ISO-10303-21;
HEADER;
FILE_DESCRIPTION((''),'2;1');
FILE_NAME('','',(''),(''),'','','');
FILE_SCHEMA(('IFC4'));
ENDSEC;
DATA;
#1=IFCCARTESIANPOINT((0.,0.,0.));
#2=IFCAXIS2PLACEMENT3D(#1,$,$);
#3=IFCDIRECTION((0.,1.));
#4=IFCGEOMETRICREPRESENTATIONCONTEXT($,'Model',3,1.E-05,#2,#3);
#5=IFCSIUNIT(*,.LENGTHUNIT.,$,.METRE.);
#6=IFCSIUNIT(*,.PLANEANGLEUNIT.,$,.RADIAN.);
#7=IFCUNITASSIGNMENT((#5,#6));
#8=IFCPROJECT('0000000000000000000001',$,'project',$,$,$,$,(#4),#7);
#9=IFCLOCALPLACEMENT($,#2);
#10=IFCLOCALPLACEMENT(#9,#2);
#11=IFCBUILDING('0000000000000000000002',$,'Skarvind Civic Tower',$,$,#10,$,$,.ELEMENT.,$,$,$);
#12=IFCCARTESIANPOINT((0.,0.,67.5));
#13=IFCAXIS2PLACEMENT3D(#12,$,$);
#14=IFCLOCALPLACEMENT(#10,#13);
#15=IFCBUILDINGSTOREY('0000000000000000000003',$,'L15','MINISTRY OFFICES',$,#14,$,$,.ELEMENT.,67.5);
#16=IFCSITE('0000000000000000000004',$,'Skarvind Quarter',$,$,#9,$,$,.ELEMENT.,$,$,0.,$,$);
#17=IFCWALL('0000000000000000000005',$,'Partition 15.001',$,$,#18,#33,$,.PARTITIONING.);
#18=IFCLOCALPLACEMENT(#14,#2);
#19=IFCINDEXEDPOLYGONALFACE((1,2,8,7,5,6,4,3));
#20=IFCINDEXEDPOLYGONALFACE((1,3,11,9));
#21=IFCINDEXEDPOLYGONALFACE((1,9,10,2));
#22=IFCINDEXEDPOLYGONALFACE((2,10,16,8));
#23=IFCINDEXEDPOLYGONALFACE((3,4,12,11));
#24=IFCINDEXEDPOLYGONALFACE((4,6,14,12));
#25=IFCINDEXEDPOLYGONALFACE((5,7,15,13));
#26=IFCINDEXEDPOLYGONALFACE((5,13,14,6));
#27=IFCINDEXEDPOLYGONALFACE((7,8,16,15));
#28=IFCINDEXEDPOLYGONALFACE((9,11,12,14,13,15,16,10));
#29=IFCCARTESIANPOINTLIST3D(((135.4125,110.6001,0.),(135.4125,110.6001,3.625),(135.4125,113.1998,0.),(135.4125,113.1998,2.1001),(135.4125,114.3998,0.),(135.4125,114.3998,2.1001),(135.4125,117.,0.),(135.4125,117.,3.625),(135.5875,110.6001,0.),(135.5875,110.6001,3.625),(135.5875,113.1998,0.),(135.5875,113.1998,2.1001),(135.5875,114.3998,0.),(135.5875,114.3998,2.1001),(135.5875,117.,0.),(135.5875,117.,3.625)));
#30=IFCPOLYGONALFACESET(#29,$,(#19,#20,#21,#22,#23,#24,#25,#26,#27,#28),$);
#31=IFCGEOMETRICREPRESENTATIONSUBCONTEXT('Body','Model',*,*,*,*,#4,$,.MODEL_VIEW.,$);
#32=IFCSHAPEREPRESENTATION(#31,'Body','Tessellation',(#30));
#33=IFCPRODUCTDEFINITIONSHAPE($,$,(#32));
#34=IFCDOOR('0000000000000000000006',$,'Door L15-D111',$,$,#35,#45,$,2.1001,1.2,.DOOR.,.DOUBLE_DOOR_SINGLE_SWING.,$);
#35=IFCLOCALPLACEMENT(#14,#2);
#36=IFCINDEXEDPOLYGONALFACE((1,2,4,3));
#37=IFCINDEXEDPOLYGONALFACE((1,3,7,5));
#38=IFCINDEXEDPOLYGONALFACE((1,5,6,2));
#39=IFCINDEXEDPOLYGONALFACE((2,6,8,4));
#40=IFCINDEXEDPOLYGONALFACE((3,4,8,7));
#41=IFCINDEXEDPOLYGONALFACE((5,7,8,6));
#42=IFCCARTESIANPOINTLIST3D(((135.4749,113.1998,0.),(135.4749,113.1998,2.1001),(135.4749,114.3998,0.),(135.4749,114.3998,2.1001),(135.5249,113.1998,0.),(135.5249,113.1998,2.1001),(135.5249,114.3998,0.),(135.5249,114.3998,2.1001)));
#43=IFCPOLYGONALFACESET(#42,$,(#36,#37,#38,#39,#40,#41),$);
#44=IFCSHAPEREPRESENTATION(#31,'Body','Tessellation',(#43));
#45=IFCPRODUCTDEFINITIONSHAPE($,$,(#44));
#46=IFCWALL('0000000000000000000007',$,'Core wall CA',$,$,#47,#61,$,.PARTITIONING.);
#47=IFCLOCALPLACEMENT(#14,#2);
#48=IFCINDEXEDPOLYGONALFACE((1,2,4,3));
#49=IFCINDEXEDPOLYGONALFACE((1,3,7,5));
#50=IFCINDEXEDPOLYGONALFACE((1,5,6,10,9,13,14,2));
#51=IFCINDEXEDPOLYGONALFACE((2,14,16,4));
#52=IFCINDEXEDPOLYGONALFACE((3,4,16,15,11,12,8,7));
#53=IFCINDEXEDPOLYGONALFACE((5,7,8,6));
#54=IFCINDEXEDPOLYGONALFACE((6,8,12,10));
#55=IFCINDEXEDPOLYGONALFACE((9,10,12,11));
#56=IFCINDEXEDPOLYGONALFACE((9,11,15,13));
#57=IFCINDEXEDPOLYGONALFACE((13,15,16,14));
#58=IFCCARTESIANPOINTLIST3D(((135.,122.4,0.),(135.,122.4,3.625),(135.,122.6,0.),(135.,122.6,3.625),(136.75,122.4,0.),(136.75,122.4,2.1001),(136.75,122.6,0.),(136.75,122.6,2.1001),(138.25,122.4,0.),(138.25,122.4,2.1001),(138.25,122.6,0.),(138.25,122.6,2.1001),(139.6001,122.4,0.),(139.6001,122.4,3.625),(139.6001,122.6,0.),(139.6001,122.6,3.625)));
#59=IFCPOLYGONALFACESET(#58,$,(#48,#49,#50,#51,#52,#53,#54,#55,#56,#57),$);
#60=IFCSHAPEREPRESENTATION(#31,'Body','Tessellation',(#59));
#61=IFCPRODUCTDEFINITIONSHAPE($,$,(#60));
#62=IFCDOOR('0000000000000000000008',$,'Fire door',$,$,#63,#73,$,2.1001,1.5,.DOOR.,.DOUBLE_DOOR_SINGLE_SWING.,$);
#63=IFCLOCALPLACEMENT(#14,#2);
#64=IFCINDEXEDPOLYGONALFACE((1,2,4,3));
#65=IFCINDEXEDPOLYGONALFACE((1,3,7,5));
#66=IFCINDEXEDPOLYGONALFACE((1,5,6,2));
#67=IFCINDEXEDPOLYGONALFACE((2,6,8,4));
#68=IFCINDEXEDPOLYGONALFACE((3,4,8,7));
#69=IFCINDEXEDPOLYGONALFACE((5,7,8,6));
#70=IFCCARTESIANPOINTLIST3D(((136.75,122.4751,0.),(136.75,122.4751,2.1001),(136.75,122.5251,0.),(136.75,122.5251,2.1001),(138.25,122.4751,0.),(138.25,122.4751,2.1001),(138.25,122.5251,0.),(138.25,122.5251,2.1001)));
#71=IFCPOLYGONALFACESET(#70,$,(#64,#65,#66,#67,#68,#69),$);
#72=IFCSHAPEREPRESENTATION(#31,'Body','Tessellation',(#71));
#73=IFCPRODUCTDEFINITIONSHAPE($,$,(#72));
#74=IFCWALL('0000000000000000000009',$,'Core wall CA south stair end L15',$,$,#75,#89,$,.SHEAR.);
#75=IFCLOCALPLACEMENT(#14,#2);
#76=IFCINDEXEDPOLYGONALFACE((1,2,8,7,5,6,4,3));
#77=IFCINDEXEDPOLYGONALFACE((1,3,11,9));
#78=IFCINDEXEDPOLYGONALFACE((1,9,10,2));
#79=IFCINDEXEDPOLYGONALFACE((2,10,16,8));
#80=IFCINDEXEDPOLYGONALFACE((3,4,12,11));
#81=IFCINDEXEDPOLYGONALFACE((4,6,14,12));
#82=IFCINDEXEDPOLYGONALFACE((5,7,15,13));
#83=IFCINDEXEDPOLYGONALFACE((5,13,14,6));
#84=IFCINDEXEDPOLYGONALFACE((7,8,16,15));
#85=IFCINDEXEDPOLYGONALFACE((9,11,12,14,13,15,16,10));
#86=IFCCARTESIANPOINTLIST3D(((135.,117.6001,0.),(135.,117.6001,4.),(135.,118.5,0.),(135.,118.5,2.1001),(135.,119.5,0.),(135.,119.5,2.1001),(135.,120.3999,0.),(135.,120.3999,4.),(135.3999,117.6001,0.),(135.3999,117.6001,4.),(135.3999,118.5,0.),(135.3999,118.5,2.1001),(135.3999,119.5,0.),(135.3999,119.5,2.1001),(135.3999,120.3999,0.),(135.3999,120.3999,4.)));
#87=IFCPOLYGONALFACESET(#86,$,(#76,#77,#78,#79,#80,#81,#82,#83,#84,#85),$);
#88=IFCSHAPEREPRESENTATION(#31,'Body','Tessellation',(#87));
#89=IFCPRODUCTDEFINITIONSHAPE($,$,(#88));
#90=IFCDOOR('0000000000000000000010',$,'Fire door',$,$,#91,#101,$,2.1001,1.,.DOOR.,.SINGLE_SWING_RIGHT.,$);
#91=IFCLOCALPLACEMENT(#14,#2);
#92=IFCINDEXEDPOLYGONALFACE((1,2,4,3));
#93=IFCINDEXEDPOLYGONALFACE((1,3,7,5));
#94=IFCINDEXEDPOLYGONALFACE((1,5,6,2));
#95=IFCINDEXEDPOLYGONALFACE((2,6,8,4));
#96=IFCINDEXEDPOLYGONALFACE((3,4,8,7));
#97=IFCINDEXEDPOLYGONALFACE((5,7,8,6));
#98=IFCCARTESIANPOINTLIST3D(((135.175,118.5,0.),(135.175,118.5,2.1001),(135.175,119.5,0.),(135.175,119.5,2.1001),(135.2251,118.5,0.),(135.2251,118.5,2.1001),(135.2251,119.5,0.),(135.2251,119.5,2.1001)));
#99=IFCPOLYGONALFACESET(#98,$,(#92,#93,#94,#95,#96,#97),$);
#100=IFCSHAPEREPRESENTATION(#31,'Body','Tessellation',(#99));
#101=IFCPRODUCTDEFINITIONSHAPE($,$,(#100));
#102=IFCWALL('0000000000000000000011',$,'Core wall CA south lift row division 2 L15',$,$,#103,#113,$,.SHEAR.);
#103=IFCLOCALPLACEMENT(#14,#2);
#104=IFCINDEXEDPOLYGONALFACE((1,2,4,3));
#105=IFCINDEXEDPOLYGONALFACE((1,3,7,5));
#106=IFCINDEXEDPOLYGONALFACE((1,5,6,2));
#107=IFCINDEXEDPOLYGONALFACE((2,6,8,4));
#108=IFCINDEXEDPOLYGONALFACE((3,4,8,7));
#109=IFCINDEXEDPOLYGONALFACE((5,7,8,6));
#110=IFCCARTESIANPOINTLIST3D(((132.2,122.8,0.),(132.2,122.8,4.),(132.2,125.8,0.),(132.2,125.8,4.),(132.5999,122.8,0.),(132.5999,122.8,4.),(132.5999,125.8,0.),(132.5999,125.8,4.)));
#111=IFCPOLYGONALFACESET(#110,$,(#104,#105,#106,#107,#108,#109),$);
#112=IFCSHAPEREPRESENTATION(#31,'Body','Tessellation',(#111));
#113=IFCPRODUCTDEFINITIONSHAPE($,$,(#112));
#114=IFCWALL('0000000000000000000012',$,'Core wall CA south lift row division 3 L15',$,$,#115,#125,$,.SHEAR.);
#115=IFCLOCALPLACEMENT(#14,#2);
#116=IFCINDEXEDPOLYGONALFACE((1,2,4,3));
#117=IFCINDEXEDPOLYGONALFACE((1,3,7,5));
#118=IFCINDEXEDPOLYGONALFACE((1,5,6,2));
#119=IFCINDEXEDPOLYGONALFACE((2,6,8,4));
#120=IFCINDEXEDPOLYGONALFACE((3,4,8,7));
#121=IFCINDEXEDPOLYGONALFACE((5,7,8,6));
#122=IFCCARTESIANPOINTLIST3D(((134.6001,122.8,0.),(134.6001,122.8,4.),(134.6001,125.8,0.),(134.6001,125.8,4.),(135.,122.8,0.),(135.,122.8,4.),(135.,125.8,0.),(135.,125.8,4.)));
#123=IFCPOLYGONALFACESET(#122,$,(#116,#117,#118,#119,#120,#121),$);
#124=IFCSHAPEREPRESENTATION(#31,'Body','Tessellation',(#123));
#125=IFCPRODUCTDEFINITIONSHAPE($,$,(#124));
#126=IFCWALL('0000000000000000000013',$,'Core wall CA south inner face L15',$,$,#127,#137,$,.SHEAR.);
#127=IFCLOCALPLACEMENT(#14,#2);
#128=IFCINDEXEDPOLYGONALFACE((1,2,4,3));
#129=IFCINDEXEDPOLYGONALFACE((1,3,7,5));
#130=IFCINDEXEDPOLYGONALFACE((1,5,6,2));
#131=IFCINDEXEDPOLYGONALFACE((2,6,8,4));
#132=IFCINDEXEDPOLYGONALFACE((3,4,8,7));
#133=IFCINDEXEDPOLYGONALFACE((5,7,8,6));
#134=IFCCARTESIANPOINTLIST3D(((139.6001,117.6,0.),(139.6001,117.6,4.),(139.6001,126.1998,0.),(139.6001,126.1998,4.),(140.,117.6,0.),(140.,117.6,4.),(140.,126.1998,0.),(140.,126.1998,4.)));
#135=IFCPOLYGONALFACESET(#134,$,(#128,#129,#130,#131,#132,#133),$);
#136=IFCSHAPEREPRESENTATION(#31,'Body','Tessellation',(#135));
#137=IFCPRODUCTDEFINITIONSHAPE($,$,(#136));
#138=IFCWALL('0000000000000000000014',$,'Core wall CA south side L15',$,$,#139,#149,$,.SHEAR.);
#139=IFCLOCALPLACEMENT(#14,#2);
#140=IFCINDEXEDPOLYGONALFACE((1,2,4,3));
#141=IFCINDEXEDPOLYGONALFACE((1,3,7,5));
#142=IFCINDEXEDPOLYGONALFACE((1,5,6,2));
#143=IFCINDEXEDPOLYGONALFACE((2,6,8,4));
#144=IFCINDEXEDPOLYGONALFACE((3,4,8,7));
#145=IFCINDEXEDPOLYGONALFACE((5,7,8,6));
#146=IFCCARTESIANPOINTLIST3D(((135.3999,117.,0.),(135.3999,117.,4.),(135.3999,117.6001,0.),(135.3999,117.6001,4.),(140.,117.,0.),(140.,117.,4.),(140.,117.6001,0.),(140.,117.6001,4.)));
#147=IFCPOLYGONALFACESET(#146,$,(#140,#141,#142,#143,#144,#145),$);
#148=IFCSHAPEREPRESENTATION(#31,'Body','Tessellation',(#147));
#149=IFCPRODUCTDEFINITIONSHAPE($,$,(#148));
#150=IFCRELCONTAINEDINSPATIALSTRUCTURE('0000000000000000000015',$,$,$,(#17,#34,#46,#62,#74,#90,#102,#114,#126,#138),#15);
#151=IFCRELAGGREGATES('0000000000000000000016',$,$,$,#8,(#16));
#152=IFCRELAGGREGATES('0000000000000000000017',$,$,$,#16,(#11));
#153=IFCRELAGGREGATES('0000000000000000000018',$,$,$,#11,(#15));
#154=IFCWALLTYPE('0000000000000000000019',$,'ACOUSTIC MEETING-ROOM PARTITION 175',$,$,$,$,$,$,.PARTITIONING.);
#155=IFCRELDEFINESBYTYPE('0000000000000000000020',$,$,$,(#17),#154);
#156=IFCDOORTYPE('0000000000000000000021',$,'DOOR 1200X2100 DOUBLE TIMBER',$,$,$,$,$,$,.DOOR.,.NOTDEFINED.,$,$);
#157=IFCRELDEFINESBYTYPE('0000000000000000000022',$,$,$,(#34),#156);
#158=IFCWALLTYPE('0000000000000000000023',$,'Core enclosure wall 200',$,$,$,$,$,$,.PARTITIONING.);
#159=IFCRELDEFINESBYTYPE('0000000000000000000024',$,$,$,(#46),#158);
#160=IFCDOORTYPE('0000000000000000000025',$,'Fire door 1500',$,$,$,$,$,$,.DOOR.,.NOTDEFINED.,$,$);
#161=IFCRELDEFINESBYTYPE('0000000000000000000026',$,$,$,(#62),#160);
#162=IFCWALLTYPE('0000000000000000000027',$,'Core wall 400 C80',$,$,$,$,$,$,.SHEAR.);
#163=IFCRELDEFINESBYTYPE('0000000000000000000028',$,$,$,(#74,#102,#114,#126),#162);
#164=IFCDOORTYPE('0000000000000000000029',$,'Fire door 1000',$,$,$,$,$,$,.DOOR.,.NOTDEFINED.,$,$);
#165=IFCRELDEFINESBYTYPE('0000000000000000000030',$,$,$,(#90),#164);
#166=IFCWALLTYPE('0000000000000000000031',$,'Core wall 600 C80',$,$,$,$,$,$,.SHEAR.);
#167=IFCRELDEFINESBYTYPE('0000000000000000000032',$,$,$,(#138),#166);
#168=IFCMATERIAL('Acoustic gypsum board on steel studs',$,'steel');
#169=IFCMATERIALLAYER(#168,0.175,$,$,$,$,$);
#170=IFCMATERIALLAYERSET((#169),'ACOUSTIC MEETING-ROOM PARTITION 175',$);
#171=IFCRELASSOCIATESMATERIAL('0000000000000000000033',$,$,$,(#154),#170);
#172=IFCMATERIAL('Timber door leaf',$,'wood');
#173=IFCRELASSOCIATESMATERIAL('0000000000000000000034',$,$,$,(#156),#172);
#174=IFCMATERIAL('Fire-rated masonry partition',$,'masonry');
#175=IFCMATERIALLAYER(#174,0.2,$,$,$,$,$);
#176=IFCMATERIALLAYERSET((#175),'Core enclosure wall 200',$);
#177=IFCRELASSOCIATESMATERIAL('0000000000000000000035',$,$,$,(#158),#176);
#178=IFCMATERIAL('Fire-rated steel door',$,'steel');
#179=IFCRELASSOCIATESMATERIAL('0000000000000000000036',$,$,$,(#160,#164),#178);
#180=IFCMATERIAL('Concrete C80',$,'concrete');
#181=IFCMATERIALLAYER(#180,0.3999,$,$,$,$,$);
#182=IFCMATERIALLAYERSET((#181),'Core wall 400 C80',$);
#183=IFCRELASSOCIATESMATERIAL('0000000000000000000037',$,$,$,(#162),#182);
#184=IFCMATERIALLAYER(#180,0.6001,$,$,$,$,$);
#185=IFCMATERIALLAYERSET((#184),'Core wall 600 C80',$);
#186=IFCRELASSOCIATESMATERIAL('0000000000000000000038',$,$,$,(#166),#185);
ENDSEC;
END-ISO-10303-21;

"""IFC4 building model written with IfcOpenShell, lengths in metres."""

from ifc_helpers import new_model, si_unit, direction, frame, frame_2d, origin, place, context, subcontext, project, spatial, rectangle, extrude, material, layer, layer_set, type_object, element, fill, save


model = new_model("IFC4")

# Units and contexts
model_context = context("Model", 3, precision=1e-05, world=origin(), true_north=direction((0.0, 1.0)))
body_context = subcontext(model_context, "Body", "Model", "MODEL_VIEW")
ifc_project = project(units=[si_unit("LENGTHUNIT", "METRE"), si_unit("PLANEANGLEUNIT", "RADIAN")], contexts=[model_context])

# Site, building, storey
site_placement = place(None, origin())
site = spatial("IfcSite", under=ifc_project, at=site_placement, Name="Skarvind Quarter", CompositionType="ELEMENT", RefElevation=0.0)
building_placement = place(site_placement, origin())
building = spatial("IfcBuilding", under=site, at=building_placement, Name="Skarvind Civic Tower", CompositionType="ELEMENT")
storey_placement = place(building_placement, frame((0.0, 0.0, 67.5)))
storey = spatial("IfcBuildingStorey", under=building, at=storey_placement, Name="L15", Description="MINISTRY OFFICES", CompositionType="ELEMENT", Elevation=67.5)

# Walls, openings, doors
ifc_material_1 = material(Name="Acoustic gypsum board on steel studs", Category="steel")
ifc_layer_1 = layer(ifc_material_1, 0.175)
ifc_layer_set_1 = layer_set([ifc_layer_1], Name="ACOUSTIC MEETING-ROOM PARTITION 175")
wall_type_1 = type_object("IfcWallType", Name="ACOUSTIC MEETING-ROOM PARTITION 175", PredefinedType="PARTITIONING", material=ifc_layer_set_1)
wall_1_placement = place(storey_placement, frame((135.5, 117.0, 0.0), z_axis=(0.0, 0.0, 1.0), x_axis=(0.0, -1.0, 0.0)))
wall_1 = element("IfcWall", 1, at=wall_1_placement, inside=storey, type_object=wall_type_1, Name="Partition 15.001", PredefinedType="PARTITIONING", context=body_context, shape_type="SweptSolid", body=[
    extrude(rectangle(XDim=6.3999, YDim=0.175, at=frame_2d((3.2, 0.0))), origin(), (0.0, 0.0, 1.0), 3.625),
])
opening_1_placement = place(wall_1_placement, frame((2.6001, 0.0, 0.0)))
opening_1 = element("IfcOpeningElement", 2, at=opening_1_placement, cuts=wall_1, PredefinedType="OPENING", context=body_context, shape_type="SweptSolid", body=[
    extrude(rectangle(XDim=1.2, YDim=2.1001, at=frame_2d((0.6001, 1.05))), frame((0.0, 0.0974, 0.0), z_axis=(0.0, -1.0, 0.0), x_axis=(1.0, 0.0, 0.0)), (0.0, 0.0, 1.0), 0.1951),
])
ifc_material_2 = material(Name="Timber door leaf", Category="wood")
door_type_1 = type_object("IfcDoorType", Name="DOOR 1200X2100 DOUBLE TIMBER", OperationType="NOTDEFINED", PredefinedType="DOOR", material=ifc_material_2)
door_1_placement = place(opening_1_placement, origin())
door_1 = element("IfcDoor", 3, at=door_1_placement, inside=storey, type_object=door_type_1, Name="Door L15-D111", OperationType="DOUBLE_DOOR_SINGLE_SWING", OverallHeight=2.1001, OverallWidth=1.2, PredefinedType="DOOR", context=body_context, shape_type="SweptSolid", body=[
    extrude(rectangle(XDim=1.2, YDim=2.1001, at=frame_2d((0.6001, 1.05))), frame((0.0, 0.0249, 0.0), z_axis=(0.0, -1.0, 0.0), x_axis=(1.0, 0.0, 0.0)), (0.0, 0.0, 1.0), 0.05),
])
fill(opening_1, door_1)
ifc_material_3 = material(Name="Fire-rated masonry partition", Category="masonry")
ifc_layer_2 = layer(ifc_material_3, 0.2)
ifc_layer_set_2 = layer_set([ifc_layer_2], Name="Core enclosure wall 200")
wall_type_2 = type_object("IfcWallType", Name="Core enclosure wall 200", PredefinedType="PARTITIONING", material=ifc_layer_set_2)
wall_2_placement = place(storey_placement, frame((139.6001, 122.5, 0.0), z_axis=(0.0, 0.0, 1.0), x_axis=(-1.0, 0.0, 0.0)))
wall_2 = element("IfcWall", 4, at=wall_2_placement, inside=storey, type_object=wall_type_2, Name="Core wall CA", PredefinedType="PARTITIONING", context=body_context, shape_type="SweptSolid", body=[
    extrude(rectangle(XDim=4.6001, YDim=0.2, at=frame_2d((2.3, 0.0))), origin(), (0.0, 0.0, 1.0), 3.625),
])
opening_2_placement = place(wall_2_placement, frame((1.3501, 0.0, 0.0)))
opening_2 = element("IfcOpeningElement", 5, at=opening_2_placement, cuts=wall_2, PredefinedType="OPENING", context=body_context, shape_type="SweptSolid", body=[
    extrude(rectangle(XDim=1.5, YDim=2.1001, at=frame_2d((0.75, 1.05))), frame((0.0, 0.1099, 0.0), z_axis=(0.0, -1.0, 0.0), x_axis=(1.0, 0.0, 0.0)), (0.0, 0.0, 1.0), 0.22),
])
ifc_material_4 = material(Name="Fire-rated steel door", Category="steel")
door_type_2 = type_object("IfcDoorType", Name="Fire door 1500", OperationType="NOTDEFINED", PredefinedType="DOOR", material=ifc_material_4)
door_2_placement = place(opening_2_placement, origin())
door_2 = element("IfcDoor", 6, at=door_2_placement, inside=storey, type_object=door_type_2, Name="Fire door", OperationType="DOUBLE_DOOR_SINGLE_SWING", OverallHeight=2.1001, OverallWidth=1.5, PredefinedType="DOOR", context=body_context, shape_type="SweptSolid", body=[
    extrude(rectangle(XDim=1.5, YDim=2.1001, at=frame_2d((0.75, 1.05))), frame((0.0, 0.0249, 0.0), z_axis=(0.0, -1.0, 0.0), x_axis=(1.0, 0.0, 0.0)), (0.0, 0.0, 1.0), 0.05),
])
fill(opening_2, door_2)
ifc_material_5 = material(Name="Concrete C80", Category="concrete")
ifc_layer_3 = layer(ifc_material_5, 0.3999)
ifc_layer_set_3 = layer_set([ifc_layer_3], Name="Core wall 400 C80")
wall_type_3 = type_object("IfcWallType", Name="Core wall 400 C80", PredefinedType="SHEAR", material=ifc_layer_set_3)
wall_3_placement = place(storey_placement, frame((135.2, 117.6001, 0.0), z_axis=(0.0, 0.0, 1.0), x_axis=(0.0, 1.0, 0.0)))
wall_3 = element("IfcWall", 7, at=wall_3_placement, inside=storey, type_object=wall_type_3, Name="Core wall CA south stair end L15", PredefinedType="SHEAR", context=body_context, shape_type="SweptSolid", body=[
    extrude(rectangle(XDim=2.7998, YDim=0.3999, at=frame_2d((1.3999, 0.0))), origin(), (0.0, 0.0, 1.0), 4.0),
])
opening_3_placement = place(wall_3_placement, frame((0.8999, 0.0, 0.0)))
opening_3 = element("IfcOpeningElement", 8, at=opening_3_placement, cuts=wall_3, PredefinedType="OPENING", context=body_context, shape_type="SweptSolid", body=[
    extrude(rectangle(XDim=1.0, YDim=2.1001, at=frame_2d((0.5, 1.05))), frame((0.0, 0.21, 0.0), z_axis=(0.0, -1.0, 0.0), x_axis=(1.0, 0.0, 0.0)), (0.0, 0.0, 1.0), 0.4199),
])
door_type_3 = type_object("IfcDoorType", Name="Fire door 1000", OperationType="NOTDEFINED", PredefinedType="DOOR", material=ifc_material_4)
door_3_placement = place(opening_3_placement, origin())
door_3 = element("IfcDoor", 9, at=door_3_placement, inside=storey, type_object=door_type_3, Name="Fire door", OperationType="SINGLE_SWING_RIGHT", OverallHeight=2.1001, OverallWidth=1.0, PredefinedType="DOOR", context=body_context, shape_type="SweptSolid", body=[
    extrude(rectangle(XDim=1.0, YDim=2.1001, at=frame_2d((0.5, 1.05))), frame((0.0, 0.0249, 0.0), z_axis=(0.0, -1.0, 0.0), x_axis=(1.0, 0.0, 0.0)), (0.0, 0.0, 1.0), 0.05),
])
fill(opening_3, door_3)

# Walls
for number, where, z_axis, x_axis, name in (
    (10, (132.3999, 122.8, 0.0), (0.0, 0.0, 1.0), (0.0, 1.0, 0.0), "Core wall CA south lift row division 2 L15"),
    (11, (134.8, 122.8, 0.0), (0.0, 0.0, 1.0), (0.0, 1.0, 0.0), "Core wall CA south lift row division 3 L15"),
):
    element("IfcWall", number, at=place(storey_placement, frame(where, z_axis=z_axis, x_axis=x_axis)), inside=storey, type_object=wall_type_3, Name=name, PredefinedType="SHEAR", context=body_context, shape_type="SweptSolid", body=[
        extrude(rectangle(XDim=3.0, YDim=0.3999, at=frame_2d((1.5, 0.0))), origin(), (0.0, 0.0, 1.0), 4.0),
    ])
wall_4_placement = place(storey_placement, frame((139.8, 117.6001, 0.0), z_axis=(0.0, 0.0, 1.0), x_axis=(0.0, 1.0, 0.0)))
element("IfcWall", 12, at=wall_4_placement, inside=storey, type_object=wall_type_3, Name="Core wall CA south inner face L15", PredefinedType="SHEAR", context=body_context, shape_type="SweptSolid", body=[
    extrude(rectangle(XDim=8.5999, YDim=0.3999, at=frame_2d((4.2998, 0.0))), origin(), (0.0, 0.0, 1.0), 4.0),
])
ifc_layer_4 = layer(ifc_material_5, 0.6001)
ifc_layer_set_4 = layer_set([ifc_layer_4], Name="Core wall 600 C80")
wall_type_4 = type_object("IfcWallType", Name="Core wall 600 C80", PredefinedType="SHEAR", material=ifc_layer_set_4)
wall_5_placement = place(storey_placement, frame((135.3999, 117.3, 0.0), z_axis=(0.0, 0.0, 1.0), x_axis=(1.0, 0.0, 0.0)))
element("IfcWall", 13, at=wall_5_placement, inside=storey, type_object=wall_type_4, Name="Core wall CA south side L15", PredefinedType="SHEAR", context=body_context, shape_type="SweptSolid", body=[
    extrude(rectangle(XDim=4.6001, YDim=0.6001, at=frame_2d((2.3, 0.0))), origin(), (0.0, 0.0, 1.0), 4.0),
])

save(model, "model.ifc")
